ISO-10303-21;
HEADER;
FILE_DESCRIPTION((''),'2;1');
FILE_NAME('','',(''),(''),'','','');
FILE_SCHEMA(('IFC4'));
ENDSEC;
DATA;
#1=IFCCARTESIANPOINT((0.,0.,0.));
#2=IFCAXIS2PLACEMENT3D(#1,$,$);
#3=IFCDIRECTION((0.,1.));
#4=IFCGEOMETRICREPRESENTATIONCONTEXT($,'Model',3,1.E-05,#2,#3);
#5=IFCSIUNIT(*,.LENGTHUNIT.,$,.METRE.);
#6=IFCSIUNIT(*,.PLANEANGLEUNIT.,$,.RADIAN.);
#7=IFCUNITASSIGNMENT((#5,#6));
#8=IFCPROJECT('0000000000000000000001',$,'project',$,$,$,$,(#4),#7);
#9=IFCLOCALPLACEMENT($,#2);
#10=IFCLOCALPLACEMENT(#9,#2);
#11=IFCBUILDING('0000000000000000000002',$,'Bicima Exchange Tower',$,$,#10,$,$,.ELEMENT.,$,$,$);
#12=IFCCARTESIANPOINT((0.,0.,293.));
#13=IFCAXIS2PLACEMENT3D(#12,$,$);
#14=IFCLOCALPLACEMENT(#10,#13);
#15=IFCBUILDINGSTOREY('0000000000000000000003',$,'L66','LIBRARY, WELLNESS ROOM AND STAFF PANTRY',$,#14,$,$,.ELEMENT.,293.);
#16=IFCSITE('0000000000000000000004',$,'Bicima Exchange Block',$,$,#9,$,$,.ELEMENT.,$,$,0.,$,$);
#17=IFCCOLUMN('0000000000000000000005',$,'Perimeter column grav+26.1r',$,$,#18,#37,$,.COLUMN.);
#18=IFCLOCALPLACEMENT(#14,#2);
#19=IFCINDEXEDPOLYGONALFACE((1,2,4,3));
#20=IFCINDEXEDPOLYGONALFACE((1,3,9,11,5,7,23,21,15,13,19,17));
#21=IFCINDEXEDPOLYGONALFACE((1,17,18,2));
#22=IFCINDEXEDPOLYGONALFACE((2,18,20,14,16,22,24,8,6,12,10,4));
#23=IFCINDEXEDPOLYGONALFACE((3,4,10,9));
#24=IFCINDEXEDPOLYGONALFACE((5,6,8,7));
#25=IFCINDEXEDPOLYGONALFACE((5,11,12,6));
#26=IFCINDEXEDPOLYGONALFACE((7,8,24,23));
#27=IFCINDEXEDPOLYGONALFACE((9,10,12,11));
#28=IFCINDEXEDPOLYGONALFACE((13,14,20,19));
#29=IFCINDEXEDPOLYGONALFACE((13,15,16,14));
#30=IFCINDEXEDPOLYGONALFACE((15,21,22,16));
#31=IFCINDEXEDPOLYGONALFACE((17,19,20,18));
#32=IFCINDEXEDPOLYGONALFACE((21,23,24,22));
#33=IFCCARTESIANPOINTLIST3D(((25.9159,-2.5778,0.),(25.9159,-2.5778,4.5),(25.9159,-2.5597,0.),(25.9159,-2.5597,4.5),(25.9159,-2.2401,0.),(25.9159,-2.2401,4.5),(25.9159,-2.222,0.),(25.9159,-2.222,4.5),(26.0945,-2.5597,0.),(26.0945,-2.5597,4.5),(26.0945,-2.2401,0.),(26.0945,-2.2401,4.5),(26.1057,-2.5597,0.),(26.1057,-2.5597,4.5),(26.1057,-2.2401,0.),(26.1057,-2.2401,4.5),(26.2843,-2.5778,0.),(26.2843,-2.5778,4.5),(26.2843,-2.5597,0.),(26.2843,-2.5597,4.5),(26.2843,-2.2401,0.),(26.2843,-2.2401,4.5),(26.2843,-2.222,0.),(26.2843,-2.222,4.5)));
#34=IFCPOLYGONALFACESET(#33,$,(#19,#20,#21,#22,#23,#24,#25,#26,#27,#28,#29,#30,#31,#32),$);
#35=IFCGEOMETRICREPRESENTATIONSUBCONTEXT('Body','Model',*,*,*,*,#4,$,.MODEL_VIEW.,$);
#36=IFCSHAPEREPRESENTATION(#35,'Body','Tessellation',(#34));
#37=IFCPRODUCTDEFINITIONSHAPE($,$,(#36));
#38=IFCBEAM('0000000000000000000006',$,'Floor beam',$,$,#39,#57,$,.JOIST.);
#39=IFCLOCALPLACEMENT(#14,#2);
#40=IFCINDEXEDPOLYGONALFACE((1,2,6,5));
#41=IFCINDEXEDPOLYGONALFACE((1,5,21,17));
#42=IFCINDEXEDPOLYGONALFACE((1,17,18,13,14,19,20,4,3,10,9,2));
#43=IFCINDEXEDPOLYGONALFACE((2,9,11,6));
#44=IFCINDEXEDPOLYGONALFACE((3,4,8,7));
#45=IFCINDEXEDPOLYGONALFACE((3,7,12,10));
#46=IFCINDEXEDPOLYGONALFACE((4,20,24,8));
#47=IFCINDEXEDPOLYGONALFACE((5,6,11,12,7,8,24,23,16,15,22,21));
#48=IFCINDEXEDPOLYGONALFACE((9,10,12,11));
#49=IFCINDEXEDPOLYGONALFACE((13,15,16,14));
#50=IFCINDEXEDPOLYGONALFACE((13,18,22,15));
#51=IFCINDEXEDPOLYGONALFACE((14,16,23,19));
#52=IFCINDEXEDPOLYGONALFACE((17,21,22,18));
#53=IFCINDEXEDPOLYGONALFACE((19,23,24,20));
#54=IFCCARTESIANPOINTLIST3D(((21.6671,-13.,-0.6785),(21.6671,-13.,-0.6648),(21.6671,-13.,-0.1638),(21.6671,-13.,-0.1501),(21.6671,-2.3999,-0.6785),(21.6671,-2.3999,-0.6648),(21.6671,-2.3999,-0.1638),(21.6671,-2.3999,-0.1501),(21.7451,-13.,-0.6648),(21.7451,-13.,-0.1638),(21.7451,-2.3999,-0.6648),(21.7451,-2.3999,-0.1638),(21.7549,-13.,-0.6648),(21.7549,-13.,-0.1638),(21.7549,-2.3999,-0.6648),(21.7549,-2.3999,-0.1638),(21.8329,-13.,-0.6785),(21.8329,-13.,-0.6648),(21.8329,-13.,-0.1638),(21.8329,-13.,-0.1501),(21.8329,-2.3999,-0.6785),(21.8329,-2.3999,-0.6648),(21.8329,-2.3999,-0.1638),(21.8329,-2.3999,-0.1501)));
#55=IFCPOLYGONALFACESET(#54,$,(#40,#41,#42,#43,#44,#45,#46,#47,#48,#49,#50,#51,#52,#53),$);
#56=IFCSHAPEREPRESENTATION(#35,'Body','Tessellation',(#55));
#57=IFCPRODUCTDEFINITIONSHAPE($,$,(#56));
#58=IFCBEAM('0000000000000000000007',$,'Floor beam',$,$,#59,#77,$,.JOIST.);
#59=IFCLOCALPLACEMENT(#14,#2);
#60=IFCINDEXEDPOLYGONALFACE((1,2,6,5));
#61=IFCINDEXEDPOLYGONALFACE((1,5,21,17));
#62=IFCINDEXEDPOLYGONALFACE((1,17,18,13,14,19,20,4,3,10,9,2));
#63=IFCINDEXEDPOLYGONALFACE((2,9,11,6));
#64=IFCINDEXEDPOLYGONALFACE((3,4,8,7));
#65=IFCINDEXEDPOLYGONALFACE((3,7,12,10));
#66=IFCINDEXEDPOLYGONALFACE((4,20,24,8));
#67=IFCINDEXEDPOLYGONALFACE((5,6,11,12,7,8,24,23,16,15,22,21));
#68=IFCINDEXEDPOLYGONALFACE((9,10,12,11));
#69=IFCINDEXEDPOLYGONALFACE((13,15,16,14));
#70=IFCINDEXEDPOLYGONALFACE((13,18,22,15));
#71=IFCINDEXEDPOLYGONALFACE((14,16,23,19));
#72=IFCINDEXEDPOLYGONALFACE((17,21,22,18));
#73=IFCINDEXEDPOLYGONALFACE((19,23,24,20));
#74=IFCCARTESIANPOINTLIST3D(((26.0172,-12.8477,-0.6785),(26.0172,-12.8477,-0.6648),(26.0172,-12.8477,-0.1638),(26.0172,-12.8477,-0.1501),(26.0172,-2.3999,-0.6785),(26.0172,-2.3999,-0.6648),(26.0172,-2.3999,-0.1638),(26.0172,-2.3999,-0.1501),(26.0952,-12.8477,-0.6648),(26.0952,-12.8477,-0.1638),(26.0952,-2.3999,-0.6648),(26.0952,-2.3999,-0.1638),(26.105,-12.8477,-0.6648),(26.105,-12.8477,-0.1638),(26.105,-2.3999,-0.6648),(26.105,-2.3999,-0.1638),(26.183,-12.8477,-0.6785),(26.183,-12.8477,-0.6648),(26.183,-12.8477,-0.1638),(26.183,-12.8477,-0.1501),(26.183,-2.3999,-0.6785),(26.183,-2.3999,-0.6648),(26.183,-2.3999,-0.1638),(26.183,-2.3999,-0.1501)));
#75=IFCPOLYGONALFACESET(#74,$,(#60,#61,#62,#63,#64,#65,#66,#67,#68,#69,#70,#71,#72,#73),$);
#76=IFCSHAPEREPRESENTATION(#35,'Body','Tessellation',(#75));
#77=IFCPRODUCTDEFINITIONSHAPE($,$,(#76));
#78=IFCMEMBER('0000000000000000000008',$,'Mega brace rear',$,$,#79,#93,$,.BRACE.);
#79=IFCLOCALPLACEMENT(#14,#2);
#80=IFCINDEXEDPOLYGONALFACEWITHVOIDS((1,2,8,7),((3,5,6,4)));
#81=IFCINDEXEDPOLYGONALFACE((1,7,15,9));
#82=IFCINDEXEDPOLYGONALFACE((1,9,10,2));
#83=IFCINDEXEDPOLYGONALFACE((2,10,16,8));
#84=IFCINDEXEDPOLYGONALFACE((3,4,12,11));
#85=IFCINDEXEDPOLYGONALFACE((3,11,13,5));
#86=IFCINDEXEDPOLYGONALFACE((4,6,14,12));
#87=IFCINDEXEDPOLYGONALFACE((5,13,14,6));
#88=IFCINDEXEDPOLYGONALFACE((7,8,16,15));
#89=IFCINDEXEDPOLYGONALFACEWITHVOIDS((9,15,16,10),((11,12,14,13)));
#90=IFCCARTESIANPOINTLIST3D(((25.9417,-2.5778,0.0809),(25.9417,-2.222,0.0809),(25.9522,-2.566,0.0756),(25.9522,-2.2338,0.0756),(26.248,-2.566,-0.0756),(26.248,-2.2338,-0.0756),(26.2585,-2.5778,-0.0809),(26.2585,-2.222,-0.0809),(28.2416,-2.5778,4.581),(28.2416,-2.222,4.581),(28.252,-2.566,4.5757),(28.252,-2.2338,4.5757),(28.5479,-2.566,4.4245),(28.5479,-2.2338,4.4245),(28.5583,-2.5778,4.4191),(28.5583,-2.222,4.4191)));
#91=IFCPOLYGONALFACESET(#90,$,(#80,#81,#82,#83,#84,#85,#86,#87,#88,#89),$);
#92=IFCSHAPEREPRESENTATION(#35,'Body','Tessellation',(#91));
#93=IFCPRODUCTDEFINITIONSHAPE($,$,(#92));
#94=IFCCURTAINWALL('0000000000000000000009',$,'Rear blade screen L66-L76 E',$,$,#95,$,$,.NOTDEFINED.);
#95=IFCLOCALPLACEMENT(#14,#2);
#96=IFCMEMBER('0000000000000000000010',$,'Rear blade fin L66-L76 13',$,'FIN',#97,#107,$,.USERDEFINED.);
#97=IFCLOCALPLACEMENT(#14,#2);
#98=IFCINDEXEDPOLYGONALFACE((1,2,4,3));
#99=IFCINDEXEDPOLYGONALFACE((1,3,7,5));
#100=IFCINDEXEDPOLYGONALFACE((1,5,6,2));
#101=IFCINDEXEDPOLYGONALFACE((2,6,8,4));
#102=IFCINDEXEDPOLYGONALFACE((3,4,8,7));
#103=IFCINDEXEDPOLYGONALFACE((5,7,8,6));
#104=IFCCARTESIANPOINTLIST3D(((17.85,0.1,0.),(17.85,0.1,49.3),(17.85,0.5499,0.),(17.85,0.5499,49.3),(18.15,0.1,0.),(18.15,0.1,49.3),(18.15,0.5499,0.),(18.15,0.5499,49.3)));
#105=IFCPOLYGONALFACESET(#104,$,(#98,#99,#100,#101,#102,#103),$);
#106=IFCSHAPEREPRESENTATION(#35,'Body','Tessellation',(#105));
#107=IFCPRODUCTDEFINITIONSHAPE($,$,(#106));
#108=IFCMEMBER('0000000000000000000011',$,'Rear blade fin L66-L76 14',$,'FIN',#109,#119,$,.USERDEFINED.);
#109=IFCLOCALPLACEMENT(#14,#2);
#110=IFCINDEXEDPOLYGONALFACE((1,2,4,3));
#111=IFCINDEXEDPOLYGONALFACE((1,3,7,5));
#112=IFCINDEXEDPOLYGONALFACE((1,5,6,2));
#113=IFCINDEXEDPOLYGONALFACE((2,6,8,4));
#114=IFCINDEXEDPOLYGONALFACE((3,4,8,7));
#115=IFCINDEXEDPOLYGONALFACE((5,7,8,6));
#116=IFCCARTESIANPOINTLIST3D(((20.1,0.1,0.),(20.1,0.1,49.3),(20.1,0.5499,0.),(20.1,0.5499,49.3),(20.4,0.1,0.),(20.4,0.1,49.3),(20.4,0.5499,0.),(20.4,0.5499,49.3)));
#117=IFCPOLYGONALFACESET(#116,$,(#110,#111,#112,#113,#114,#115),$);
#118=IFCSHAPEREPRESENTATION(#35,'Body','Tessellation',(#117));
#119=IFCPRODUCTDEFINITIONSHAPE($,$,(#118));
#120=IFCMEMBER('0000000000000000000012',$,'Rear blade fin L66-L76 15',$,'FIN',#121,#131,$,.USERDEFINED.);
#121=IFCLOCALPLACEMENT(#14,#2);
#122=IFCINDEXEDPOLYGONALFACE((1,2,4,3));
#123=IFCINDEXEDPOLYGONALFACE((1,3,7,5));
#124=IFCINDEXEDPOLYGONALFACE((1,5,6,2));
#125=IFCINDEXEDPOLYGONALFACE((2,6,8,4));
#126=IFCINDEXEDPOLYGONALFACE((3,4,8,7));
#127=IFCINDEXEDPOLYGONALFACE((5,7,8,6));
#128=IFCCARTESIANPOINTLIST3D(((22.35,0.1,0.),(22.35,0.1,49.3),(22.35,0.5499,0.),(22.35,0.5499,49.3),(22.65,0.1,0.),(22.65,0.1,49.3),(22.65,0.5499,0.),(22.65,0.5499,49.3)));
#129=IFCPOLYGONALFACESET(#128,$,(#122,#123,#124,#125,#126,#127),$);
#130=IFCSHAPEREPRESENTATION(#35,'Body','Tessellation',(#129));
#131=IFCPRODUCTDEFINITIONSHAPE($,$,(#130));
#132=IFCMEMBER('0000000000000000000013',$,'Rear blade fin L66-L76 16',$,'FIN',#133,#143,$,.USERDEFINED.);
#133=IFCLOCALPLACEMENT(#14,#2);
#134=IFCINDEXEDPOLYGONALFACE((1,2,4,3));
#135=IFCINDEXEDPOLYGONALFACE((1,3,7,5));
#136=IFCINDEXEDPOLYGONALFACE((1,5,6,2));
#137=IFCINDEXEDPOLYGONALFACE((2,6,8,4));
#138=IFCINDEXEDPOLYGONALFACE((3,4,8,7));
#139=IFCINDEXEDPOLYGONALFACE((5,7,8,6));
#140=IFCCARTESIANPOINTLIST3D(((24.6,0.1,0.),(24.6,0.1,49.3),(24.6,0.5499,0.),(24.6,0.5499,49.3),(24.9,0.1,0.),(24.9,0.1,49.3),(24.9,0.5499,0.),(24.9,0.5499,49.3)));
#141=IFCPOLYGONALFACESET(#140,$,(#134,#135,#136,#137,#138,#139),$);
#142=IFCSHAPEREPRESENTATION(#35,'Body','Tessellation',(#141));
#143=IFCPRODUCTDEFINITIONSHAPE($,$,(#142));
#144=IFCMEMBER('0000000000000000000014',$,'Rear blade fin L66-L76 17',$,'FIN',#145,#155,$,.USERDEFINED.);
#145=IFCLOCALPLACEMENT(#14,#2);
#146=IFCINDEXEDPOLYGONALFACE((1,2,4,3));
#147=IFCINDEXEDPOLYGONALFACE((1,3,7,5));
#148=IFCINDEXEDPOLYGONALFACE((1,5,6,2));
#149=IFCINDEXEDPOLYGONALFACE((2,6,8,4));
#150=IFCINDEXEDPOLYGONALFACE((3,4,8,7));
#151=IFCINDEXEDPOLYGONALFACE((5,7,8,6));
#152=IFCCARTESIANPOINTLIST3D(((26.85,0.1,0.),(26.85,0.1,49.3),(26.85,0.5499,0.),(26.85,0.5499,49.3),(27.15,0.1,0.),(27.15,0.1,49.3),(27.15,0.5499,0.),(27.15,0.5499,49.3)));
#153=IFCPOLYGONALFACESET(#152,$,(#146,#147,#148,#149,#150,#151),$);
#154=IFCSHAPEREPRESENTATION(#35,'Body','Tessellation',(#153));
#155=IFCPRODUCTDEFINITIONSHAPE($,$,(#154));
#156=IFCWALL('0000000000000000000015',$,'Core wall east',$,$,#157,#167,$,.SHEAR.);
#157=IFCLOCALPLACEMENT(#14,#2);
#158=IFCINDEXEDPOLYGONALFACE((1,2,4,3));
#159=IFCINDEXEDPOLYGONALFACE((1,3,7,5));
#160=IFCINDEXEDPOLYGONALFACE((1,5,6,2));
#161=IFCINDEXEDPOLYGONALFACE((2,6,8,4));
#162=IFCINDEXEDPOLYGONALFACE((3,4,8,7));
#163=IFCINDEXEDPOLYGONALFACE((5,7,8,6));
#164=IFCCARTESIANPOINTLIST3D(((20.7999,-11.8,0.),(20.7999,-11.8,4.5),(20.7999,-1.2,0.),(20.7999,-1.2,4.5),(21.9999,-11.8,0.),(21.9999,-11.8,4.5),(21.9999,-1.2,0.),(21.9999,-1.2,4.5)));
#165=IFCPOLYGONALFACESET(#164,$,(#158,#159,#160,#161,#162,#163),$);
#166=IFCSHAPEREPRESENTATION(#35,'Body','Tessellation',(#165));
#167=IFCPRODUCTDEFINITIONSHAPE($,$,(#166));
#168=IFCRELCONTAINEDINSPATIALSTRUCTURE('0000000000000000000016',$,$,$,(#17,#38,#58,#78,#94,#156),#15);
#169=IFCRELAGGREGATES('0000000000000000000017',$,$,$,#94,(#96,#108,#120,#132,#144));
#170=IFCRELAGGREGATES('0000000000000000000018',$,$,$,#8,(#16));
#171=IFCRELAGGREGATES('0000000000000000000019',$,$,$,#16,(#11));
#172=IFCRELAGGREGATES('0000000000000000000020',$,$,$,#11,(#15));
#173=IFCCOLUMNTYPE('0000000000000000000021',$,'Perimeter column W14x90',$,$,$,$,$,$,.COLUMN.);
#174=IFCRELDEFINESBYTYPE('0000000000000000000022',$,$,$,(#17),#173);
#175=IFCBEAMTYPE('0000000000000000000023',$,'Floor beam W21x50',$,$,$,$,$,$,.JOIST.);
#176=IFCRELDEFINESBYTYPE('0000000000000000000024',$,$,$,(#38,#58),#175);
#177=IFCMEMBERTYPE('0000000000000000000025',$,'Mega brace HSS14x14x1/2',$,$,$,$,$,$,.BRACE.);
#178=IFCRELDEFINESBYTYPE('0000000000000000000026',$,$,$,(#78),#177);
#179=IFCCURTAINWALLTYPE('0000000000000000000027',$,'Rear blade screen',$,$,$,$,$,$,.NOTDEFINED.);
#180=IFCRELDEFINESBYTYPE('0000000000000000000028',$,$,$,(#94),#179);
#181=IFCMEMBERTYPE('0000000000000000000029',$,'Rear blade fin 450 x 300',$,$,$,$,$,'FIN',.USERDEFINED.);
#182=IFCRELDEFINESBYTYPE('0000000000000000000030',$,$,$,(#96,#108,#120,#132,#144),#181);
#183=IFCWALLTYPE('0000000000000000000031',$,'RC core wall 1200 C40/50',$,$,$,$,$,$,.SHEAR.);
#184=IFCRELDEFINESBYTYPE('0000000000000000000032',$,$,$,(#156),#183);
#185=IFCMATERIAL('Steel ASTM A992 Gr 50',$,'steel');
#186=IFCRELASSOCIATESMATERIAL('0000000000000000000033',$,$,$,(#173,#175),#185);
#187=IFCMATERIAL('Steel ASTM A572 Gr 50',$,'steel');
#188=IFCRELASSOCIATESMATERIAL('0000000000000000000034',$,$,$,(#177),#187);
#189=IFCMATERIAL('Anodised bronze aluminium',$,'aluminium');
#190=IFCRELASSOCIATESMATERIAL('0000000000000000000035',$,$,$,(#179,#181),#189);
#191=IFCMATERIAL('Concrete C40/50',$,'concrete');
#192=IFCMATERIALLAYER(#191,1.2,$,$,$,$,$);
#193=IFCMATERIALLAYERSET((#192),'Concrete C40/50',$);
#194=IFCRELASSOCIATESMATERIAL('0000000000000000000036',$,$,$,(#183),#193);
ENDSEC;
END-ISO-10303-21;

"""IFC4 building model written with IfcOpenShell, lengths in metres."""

from ifc_helpers import new_model, si_unit, direction, frame, frame_2d, origin, origin_2d, place, context, subcontext, project, spatial, rectangle, hollow_rectangle, i_section, extrude, material, layer, layer_set, material_profile, profile_set, type_object, element, aggregate, save


model = new_model("IFC4")

# Units and contexts
model_context = context("Model", 3, precision=1e-05, world=origin(), true_north=direction((0.0, 1.0)))
body_context = subcontext(model_context, "Body", "Model", "MODEL_VIEW")
ifc_project = project(units=[si_unit("LENGTHUNIT", "METRE"), si_unit("PLANEANGLEUNIT", "RADIAN")], contexts=[model_context])

# Site, building, storey
site_placement = place(None, origin())
site = spatial("IfcSite", under=ifc_project, at=site_placement, Name="Bicima Exchange Block", CompositionType="ELEMENT", RefElevation=0.0)
building_placement = place(site_placement, origin())
building = spatial("IfcBuilding", under=site, at=building_placement, Name="Bicima Exchange Tower", CompositionType="ELEMENT")
storey_placement = place(building_placement, frame((0.0, 0.0, 293.0)))
storey = spatial("IfcBuildingStorey", under=building, at=storey_placement, Name="L66", Description="LIBRARY, WELLNESS ROOM AND STAFF PANTRY", CompositionType="ELEMENT", Elevation=293.0)

# Column
ifc_material_1 = material(Name="Steel ASTM A992 Gr 50", Category="steel")
ifc_material_profile_1 = material_profile(ifc_material_1, i_section(OverallWidth=0.3684, OverallDepth=0.3557, WebThickness=0.0112, FlangeThickness=0.0181, at=origin_2d()))
ifc_profile_set_1 = profile_set([ifc_material_profile_1], Name="Steel ASTM A992 Gr 50")
column_type = type_object("IfcColumnType", Name="Perimeter column W14x90", PredefinedType="COLUMN", material=ifc_profile_set_1)
column_placement = place(storey_placement, frame((26.1001, -2.3999, 0.0), z_axis=(0.0, 0.0, 1.0), x_axis=(1.0, 0.0, 0.0)))
element("IfcColumn", 1, at=column_placement, inside=storey, type_object=column_type, Name="Perimeter column grav+26.1r", PredefinedType="COLUMN", context=body_context, shape_type="SweptSolid", body=[
    extrude(i_section(OverallWidth=0.3684, OverallDepth=0.3557, WebThickness=0.0112, FlangeThickness=0.0181, at=origin_2d()), origin(), (0.0, 0.0, 1.0), 4.5),
])

# Beams
ifc_material_profile_2 = material_profile(ifc_material_1, i_section(OverallWidth=0.1658, OverallDepth=0.5283, WebThickness=0.0098, FlangeThickness=0.0137, at=origin_2d()))
ifc_profile_set_2 = profile_set([ifc_material_profile_2], Name="Steel ASTM A992 Gr 50")
beam_type = type_object("IfcBeamType", Name="Floor beam W21x50", PredefinedType="JOIST", material=ifc_profile_set_2)
beam_1_placement = place(storey_placement, frame((21.75, -2.3999, -0.4143), z_axis=(0.0, -1.0, 0.0), x_axis=(1.0, 0.0, 0.0)))
element("IfcBeam", 2, at=beam_1_placement, inside=storey, type_object=beam_type, Name="Floor beam", PredefinedType="JOIST", context=body_context, shape_type="SweptSolid", body=[
    extrude(i_section(OverallWidth=0.1658, OverallDepth=0.5283, WebThickness=0.0098, FlangeThickness=0.0137, at=origin_2d()), origin(), (0.0, 0.0, 1.0), 10.6001),
])
beam_2_placement = place(storey_placement, frame((26.1001, -2.3999, -0.4143), z_axis=(0.0, -1.0, 0.0), x_axis=(1.0, 0.0, 0.0)))
element("IfcBeam", 3, at=beam_2_placement, inside=storey, type_object=beam_type, Name="Floor beam", PredefinedType="JOIST", context=body_context, shape_type="SweptSolid", body=[
    extrude(i_section(OverallWidth=0.1658, OverallDepth=0.5283, WebThickness=0.0098, FlangeThickness=0.0137, at=origin_2d()), origin(), (0.0, 0.0, 1.0), 10.4478),
])

# Member
ifc_material_2 = material(Name="Steel ASTM A572 Gr 50", Category="steel")
ifc_material_profile_3 = material_profile(ifc_material_2, hollow_rectangle(XDim=0.3557, YDim=0.3557, WallThickness=0.0117, at=origin_2d()))
ifc_profile_set_3 = profile_set([ifc_material_profile_3], Name="Steel ASTM A572 Gr 50")
member_type_1 = type_object("IfcMemberType", Name="Mega brace HSS14x14x1/2", PredefinedType="BRACE", material=ifc_profile_set_3)
member_1_placement = place(storey_placement, frame((26.1001, -2.3999, 0.0), z_axis=(0.45508, 0.0, 0.89045), x_axis=(0.0, 1.0, 0.0)))
element("IfcMember", 4, at=member_1_placement, inside=storey, type_object=member_type_1, Name="Mega brace rear", PredefinedType="BRACE", context=body_context, shape_type="SweptSolid", body=[
    extrude(hollow_rectangle(XDim=0.3557, YDim=0.3557, WallThickness=0.0117, at=origin_2d()), origin(), (0.0, 0.0, 1.0), 5.0537),
])

# Curtain wall, members
ifc_material_3 = material(Name="Anodised bronze aluminium", Category="aluminium")
curtain_wall_type = type_object("IfcCurtainWallType", Name="Rear blade screen", PredefinedType="NOTDEFINED", material=ifc_material_3)
curtain_wall_placement = place(storey_placement, origin())
curtain_wall = element("IfcCurtainWall", 5, at=curtain_wall_placement, inside=storey, type_object=curtain_wall_type, Name="Rear blade screen L66-L76 E", PredefinedType="NOTDEFINED")
ifc_material_profile_4 = material_profile(ifc_material_3, rectangle(XDim=0.45, YDim=0.3, at=origin_2d()))
ifc_profile_set_4 = profile_set([ifc_material_profile_4], Name="Anodised bronze aluminium")
member_type_2 = type_object("IfcMemberType", Name="Rear blade fin 450 x 300", ElementType="FIN", PredefinedType="USERDEFINED", material=ifc_profile_set_4)
member_2_placement = place(storey_placement, frame((18.0, 0.325, 0.0), z_axis=(0.0, 0.0, 1.0), x_axis=(0.0, 1.0, 0.0)))
member_2 = element("IfcMember", 6, at=member_2_placement, type_object=member_type_2, Name="Rear blade fin L66-L76 13", ObjectType="FIN", PredefinedType="USERDEFINED", context=body_context, shape_type="SweptSolid", body=[
    extrude(rectangle(XDim=0.45, YDim=0.3, at=origin_2d()), origin(), (0.0, 0.0, 1.0), 49.3),
])
member_3_placement = place(storey_placement, frame((20.25, 0.325, 0.0), z_axis=(0.0, 0.0, 1.0), x_axis=(0.0, 1.0, 0.0)))
member_3 = element("IfcMember", 7, at=member_3_placement, type_object=member_type_2, Name="Rear blade fin L66-L76 14", ObjectType="FIN", PredefinedType="USERDEFINED", context=body_context, shape_type="SweptSolid", body=[
    extrude(rectangle(XDim=0.45, YDim=0.3, at=origin_2d()), origin(), (0.0, 0.0, 1.0), 49.3),
])
member_4_placement = place(storey_placement, frame((22.5, 0.325, 0.0), z_axis=(0.0, 0.0, 1.0), x_axis=(0.0, 1.0, 0.0)))
member_4 = element("IfcMember", 8, at=member_4_placement, type_object=member_type_2, Name="Rear blade fin L66-L76 15", ObjectType="FIN", PredefinedType="USERDEFINED", context=body_context, shape_type="SweptSolid", body=[
    extrude(rectangle(XDim=0.45, YDim=0.3, at=origin_2d()), origin(), (0.0, 0.0, 1.0), 49.3),
])
member_5_placement = place(storey_placement, frame((24.75, 0.325, 0.0), z_axis=(0.0, 0.0, 1.0), x_axis=(0.0, 1.0, 0.0)))
member_5 = element("IfcMember", 9, at=member_5_placement, type_object=member_type_2, Name="Rear blade fin L66-L76 16", ObjectType="FIN", PredefinedType="USERDEFINED", context=body_context, shape_type="SweptSolid", body=[
    extrude(rectangle(XDim=0.45, YDim=0.3, at=origin_2d()), origin(), (0.0, 0.0, 1.0), 49.3),
])
member_6_placement = place(storey_placement, frame((27.0, 0.325, 0.0), z_axis=(0.0, 0.0, 1.0), x_axis=(0.0, 1.0, 0.0)))
member_6 = element("IfcMember", 10, at=member_6_placement, type_object=member_type_2, Name="Rear blade fin L66-L76 17", ObjectType="FIN", PredefinedType="USERDEFINED", context=body_context, shape_type="SweptSolid", body=[
    extrude(rectangle(XDim=0.45, YDim=0.3, at=origin_2d()), origin(), (0.0, 0.0, 1.0), 49.3),
])
aggregate(curtain_wall, [member_2, member_3, member_4, member_5, member_6])

# Wall
ifc_material_4 = material(Name="Concrete C40/50", Category="concrete")
ifc_layer_1 = layer(ifc_material_4, 1.2)
ifc_layer_set_1 = layer_set([ifc_layer_1], Name="Concrete C40/50")
wall_type_1 = type_object("IfcWallType", Name="RC core wall 1200 C40/50", PredefinedType="SHEAR", material=ifc_layer_set_1)
wall_1_placement = place(storey_placement, frame((21.3999, -11.8, 0.0), z_axis=(0.0, 0.0, 1.0), x_axis=(0.0, 1.0, 0.0)))
element("IfcWall", 11, at=wall_1_placement, inside=storey, type_object=wall_type_1, Name="Core wall east", PredefinedType="SHEAR", context=body_context, shape_type="SweptSolid", body=[
    extrude(rectangle(XDim=10.6001, YDim=1.2, at=frame_2d((5.3, 0.0))), origin(), (0.0, 0.0, 1.0), 4.5),
])

save(model, "model.ifc")
